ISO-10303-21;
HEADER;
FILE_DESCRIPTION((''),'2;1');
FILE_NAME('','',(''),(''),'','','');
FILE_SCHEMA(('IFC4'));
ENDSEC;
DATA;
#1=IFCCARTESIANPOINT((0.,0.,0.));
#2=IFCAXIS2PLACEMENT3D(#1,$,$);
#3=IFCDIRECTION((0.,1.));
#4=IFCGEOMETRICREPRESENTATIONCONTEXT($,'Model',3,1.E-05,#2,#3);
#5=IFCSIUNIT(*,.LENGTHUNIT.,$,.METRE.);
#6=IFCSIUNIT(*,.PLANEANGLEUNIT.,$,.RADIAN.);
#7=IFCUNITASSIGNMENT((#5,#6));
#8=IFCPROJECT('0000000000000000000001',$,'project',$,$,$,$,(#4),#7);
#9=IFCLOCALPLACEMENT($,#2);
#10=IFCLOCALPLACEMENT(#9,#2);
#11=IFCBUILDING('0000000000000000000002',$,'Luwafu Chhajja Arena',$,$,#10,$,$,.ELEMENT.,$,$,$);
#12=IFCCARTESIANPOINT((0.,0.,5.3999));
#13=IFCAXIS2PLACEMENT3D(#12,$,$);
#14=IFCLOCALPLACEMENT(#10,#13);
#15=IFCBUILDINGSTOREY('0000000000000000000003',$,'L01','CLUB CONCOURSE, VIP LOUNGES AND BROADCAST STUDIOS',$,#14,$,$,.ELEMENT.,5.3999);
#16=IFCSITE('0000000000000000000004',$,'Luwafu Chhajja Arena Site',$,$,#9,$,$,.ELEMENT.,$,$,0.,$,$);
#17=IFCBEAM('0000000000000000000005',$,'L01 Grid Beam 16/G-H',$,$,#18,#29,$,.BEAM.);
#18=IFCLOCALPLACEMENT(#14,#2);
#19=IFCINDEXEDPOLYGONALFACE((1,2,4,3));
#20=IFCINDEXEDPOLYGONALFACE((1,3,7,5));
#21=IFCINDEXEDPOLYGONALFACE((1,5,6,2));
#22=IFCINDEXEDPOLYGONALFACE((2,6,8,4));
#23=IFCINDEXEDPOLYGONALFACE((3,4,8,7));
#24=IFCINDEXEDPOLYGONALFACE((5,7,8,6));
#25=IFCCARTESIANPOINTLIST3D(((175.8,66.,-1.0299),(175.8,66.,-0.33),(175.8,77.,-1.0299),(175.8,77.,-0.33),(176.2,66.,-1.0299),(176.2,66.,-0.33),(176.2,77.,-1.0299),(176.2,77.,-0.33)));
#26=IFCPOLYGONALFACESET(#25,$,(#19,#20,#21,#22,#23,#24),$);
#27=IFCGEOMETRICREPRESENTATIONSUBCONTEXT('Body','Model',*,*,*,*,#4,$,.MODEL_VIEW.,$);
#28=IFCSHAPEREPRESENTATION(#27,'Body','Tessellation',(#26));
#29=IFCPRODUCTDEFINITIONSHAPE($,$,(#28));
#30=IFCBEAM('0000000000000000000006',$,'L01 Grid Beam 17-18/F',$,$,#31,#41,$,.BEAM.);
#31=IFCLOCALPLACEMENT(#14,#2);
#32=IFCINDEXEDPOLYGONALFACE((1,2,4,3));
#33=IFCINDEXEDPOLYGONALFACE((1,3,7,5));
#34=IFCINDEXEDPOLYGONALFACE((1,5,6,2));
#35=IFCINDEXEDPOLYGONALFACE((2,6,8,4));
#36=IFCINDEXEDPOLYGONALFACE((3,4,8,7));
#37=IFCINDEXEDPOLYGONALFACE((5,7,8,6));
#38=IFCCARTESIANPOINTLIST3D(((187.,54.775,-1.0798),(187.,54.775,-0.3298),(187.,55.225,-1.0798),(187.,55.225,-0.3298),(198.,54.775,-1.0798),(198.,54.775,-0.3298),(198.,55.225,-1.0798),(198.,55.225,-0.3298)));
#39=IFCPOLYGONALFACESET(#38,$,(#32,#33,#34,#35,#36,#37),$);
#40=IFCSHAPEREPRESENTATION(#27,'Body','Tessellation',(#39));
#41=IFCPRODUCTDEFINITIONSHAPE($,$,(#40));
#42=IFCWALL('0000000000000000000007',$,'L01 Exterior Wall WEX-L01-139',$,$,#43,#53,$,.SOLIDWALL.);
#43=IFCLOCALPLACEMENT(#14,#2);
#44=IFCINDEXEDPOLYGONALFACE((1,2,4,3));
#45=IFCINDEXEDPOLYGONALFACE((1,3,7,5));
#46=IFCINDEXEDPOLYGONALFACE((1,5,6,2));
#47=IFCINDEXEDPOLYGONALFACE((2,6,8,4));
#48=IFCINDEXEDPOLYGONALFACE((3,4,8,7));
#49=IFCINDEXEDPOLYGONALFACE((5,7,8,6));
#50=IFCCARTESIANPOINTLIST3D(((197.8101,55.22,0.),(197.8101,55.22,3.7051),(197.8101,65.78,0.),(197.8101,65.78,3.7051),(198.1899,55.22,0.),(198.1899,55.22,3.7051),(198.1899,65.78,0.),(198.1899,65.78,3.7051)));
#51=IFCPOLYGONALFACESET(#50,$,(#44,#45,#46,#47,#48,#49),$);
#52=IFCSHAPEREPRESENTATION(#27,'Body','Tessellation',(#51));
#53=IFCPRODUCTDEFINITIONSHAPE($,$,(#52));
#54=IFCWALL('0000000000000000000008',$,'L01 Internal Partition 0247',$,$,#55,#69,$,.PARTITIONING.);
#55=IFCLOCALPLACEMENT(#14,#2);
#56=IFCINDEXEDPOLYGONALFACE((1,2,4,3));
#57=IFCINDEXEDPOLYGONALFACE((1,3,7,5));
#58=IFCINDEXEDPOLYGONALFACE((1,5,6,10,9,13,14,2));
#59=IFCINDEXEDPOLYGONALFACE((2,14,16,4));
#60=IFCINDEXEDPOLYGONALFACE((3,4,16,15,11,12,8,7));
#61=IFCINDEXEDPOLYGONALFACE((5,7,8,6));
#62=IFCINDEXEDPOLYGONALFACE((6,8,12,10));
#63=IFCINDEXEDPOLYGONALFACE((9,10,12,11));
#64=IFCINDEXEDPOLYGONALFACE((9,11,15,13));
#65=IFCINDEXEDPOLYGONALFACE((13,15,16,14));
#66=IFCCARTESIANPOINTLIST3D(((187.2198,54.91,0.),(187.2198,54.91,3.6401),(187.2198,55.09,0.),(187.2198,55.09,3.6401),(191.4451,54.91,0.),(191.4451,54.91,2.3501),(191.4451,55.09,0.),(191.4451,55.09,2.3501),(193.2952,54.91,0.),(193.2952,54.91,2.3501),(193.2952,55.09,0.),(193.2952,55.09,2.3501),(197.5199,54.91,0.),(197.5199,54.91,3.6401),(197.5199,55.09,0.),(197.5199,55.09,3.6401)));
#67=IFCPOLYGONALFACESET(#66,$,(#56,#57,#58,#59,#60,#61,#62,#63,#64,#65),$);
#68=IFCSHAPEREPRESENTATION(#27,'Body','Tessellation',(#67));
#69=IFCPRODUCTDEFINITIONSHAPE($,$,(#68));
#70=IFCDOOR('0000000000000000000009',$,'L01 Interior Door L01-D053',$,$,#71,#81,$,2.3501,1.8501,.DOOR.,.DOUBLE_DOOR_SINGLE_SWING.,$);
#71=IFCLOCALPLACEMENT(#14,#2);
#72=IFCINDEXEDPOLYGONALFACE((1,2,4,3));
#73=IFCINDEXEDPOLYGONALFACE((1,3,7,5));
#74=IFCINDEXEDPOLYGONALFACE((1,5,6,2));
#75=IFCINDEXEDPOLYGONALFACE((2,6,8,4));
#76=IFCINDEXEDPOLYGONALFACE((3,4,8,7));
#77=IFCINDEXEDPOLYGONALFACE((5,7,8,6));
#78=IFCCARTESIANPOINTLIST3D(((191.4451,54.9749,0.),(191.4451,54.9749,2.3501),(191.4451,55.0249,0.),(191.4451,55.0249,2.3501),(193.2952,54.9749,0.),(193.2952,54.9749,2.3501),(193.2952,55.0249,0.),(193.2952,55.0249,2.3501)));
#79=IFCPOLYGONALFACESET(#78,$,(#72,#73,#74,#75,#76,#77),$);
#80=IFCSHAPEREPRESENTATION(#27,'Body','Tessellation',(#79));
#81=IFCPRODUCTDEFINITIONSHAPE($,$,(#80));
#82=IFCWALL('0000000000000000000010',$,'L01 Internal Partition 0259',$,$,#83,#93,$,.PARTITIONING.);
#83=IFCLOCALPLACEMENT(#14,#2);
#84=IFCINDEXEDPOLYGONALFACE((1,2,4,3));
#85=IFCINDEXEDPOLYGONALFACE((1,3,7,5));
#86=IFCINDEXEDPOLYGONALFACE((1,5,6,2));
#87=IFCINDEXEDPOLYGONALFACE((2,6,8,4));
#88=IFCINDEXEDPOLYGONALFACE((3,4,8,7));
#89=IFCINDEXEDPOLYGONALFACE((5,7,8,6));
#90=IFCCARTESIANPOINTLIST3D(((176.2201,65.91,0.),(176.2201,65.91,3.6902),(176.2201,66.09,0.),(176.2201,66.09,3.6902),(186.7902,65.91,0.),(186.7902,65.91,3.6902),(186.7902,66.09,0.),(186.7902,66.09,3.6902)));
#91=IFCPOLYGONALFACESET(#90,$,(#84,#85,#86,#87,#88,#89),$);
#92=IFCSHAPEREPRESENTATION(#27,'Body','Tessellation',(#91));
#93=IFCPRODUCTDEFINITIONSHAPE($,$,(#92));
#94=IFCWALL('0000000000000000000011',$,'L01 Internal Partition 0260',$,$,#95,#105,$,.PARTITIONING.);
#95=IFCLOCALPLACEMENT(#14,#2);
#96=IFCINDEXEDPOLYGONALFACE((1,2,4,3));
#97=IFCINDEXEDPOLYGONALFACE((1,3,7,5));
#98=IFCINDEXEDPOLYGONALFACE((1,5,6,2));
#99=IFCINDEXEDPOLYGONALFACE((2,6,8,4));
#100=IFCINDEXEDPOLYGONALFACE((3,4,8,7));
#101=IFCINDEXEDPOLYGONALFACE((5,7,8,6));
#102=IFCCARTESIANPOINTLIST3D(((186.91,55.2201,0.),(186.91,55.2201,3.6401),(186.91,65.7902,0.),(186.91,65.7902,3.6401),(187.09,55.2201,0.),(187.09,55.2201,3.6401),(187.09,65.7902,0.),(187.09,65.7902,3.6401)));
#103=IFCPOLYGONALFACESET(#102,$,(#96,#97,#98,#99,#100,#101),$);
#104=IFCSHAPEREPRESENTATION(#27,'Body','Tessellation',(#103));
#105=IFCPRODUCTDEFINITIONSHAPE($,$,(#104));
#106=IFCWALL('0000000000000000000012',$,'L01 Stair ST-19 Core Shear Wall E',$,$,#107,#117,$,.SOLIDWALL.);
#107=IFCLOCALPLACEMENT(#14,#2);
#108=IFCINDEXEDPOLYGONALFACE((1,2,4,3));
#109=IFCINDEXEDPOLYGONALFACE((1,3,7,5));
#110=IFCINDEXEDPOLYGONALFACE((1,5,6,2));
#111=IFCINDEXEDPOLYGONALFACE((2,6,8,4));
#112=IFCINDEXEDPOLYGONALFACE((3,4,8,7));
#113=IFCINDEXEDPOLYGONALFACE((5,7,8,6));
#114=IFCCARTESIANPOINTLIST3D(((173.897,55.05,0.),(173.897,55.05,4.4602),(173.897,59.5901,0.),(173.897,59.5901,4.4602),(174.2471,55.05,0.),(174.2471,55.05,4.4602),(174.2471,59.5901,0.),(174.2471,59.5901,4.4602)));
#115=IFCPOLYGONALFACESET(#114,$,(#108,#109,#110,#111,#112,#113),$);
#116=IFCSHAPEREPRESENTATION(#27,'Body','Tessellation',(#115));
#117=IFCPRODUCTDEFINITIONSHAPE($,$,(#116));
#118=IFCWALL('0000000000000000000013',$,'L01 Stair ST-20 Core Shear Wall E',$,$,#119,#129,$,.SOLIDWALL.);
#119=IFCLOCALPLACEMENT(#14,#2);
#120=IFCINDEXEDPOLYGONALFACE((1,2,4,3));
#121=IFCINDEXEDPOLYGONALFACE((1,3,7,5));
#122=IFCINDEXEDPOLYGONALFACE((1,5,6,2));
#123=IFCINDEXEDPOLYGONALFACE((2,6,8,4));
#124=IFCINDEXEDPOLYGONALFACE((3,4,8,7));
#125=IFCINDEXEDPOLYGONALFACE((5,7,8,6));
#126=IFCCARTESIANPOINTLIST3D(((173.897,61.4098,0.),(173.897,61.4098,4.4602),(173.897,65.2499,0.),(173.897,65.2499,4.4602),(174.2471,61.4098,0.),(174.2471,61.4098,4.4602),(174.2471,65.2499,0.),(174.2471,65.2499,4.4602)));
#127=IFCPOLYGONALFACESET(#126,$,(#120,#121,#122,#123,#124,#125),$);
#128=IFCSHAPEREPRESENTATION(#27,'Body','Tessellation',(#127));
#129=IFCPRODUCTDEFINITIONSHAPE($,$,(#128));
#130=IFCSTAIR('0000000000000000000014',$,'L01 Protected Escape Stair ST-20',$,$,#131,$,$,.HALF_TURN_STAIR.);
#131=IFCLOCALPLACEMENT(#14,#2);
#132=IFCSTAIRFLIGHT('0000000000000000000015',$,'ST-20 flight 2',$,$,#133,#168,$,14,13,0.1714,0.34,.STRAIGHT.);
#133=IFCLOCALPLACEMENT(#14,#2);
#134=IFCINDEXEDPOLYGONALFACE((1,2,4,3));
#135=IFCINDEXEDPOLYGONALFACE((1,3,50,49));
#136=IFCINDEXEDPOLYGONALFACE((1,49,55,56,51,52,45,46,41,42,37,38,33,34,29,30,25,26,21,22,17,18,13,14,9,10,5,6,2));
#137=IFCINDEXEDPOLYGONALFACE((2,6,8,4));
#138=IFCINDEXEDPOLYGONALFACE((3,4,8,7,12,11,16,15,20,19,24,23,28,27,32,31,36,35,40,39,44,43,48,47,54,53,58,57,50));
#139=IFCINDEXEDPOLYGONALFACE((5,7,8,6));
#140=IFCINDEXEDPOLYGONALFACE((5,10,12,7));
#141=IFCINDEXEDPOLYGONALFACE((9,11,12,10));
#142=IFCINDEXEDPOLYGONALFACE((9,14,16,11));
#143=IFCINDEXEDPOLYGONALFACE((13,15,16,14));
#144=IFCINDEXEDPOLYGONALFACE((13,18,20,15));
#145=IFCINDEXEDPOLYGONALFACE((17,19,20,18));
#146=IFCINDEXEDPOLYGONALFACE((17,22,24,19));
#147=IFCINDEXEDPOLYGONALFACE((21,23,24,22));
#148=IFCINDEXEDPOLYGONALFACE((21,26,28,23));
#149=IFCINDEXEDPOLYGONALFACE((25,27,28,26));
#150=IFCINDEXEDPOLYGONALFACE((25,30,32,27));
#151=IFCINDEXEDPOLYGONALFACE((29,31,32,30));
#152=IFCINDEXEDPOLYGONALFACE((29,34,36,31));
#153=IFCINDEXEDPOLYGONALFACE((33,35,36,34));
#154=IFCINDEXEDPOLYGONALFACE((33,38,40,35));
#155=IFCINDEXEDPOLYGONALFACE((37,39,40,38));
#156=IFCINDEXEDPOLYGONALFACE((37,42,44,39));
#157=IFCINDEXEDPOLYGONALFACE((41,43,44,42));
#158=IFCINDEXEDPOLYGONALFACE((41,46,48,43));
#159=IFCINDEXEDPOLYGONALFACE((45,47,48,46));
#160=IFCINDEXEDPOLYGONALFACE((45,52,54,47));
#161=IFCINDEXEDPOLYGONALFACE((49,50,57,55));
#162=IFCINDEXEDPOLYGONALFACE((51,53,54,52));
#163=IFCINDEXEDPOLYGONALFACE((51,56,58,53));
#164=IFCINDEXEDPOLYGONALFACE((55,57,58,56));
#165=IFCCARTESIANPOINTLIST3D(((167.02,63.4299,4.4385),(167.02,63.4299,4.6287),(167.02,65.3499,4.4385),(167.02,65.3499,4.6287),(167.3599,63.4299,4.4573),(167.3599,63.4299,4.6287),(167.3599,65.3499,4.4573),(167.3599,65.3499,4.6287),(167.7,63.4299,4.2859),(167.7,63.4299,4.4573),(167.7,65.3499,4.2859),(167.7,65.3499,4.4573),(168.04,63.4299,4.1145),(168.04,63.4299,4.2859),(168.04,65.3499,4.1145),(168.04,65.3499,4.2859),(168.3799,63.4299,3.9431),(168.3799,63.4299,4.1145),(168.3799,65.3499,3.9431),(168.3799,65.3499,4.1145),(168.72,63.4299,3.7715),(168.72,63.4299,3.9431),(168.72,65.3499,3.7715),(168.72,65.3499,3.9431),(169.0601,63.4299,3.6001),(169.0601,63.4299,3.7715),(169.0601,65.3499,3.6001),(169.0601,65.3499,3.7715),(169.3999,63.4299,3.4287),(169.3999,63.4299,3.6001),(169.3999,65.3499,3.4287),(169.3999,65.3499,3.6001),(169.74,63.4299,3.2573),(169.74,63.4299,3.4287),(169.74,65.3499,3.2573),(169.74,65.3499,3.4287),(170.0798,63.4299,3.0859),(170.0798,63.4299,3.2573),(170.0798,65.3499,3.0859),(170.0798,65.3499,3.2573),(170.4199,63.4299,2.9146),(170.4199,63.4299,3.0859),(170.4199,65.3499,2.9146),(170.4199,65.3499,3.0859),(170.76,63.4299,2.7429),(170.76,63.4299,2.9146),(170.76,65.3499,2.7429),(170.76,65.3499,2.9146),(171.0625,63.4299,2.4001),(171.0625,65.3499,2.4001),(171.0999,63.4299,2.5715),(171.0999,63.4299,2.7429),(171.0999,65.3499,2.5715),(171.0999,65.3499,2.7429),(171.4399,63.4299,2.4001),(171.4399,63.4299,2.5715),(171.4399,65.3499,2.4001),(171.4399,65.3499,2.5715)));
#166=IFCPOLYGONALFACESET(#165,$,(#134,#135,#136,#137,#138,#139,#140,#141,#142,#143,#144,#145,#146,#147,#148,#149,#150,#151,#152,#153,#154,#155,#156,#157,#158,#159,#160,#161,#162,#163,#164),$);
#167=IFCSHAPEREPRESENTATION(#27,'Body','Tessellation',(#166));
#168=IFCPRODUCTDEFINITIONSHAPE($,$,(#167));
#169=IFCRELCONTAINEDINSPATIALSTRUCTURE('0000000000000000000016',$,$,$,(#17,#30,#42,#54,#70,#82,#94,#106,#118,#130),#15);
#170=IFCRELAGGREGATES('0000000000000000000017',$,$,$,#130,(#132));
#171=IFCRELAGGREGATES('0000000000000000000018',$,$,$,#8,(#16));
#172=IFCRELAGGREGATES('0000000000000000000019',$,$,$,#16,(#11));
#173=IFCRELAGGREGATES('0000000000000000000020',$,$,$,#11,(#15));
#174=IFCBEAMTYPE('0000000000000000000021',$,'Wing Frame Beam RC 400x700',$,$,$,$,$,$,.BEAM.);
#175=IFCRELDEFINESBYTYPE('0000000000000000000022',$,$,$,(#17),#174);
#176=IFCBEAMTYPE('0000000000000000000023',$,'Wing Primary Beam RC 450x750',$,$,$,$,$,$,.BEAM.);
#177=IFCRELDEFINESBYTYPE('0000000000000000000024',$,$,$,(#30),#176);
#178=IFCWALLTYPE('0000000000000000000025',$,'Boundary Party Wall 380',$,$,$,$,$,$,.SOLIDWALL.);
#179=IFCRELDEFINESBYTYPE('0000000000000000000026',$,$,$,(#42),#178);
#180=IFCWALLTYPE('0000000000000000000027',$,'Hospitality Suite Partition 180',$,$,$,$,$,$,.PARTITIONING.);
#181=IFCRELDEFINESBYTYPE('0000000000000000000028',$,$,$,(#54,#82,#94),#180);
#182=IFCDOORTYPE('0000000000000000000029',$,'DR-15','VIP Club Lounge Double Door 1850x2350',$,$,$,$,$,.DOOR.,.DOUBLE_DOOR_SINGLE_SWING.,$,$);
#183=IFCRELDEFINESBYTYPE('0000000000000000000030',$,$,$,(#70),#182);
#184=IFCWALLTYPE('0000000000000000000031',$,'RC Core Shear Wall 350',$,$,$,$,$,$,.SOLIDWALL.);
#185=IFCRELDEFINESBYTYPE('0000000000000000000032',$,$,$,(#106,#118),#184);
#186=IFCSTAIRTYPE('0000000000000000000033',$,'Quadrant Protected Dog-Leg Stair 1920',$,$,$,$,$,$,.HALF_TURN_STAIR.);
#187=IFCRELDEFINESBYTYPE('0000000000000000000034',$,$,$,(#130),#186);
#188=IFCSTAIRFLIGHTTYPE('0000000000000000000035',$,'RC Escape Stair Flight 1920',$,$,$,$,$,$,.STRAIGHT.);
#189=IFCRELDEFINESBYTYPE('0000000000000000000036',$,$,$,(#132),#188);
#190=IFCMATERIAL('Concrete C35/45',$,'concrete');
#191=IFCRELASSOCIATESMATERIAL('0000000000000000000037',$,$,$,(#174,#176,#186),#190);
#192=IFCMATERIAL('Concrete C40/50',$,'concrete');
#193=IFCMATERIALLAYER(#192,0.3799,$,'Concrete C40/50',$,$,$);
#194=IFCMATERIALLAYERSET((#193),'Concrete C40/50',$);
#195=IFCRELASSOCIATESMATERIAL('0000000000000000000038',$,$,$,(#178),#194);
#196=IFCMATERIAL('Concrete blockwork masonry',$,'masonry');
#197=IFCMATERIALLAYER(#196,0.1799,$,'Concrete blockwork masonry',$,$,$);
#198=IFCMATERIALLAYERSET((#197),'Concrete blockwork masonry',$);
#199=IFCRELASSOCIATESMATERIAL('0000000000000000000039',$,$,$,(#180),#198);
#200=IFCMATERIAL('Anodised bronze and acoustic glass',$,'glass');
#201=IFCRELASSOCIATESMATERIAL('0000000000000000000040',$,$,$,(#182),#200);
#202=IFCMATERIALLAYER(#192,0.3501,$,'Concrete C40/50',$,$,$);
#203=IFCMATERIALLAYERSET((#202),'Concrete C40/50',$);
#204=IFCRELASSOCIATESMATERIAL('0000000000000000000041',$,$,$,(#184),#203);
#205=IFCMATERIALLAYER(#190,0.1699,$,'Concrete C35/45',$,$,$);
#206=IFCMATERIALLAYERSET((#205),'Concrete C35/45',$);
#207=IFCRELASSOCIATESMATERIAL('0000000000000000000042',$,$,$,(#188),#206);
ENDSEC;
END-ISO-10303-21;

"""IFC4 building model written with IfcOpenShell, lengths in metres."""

from ifc_helpers import new_model, si_unit, direction, frame, frame_2d, origin, origin_2d, place, context, subcontext, project, spatial, polyline, rectangle, outline, extrude, material, layer, layer_set, material_profile, profile_set, type_object, element, fill, aggregate, save


model = new_model("IFC4")

# Units and contexts
model_context = context("Model", 3, precision=1e-05, world=origin(), true_north=direction((0.0, 1.0)))
body_context = subcontext(model_context, "Body", "Model", "MODEL_VIEW")
ifc_project = project(units=[si_unit("LENGTHUNIT", "METRE"), si_unit("PLANEANGLEUNIT", "RADIAN")], contexts=[model_context])

# Site, building, storey
site_placement = place(None, origin())
site = spatial("IfcSite", under=ifc_project, at=site_placement, Name="Luwafu Chhajja Arena Site", CompositionType="ELEMENT", RefElevation=0.0)
building_placement = place(site_placement, origin())
building = spatial("IfcBuilding", under=site, at=building_placement, Name="Luwafu Chhajja Arena", CompositionType="ELEMENT")
storey_placement = place(building_placement, frame((0.0, 0.0, 5.3999)))
storey = spatial("IfcBuildingStorey", under=building, at=storey_placement, Name="L01", Description="CLUB CONCOURSE, VIP LOUNGES AND BROADCAST STUDIOS", CompositionType="ELEMENT", Elevation=5.3999)

# Shared definitions
ifc_material_1 = material(Name="Concrete C35/45", Category="concrete")
ifc_material_2 = material(Name="Concrete C40/50", Category="concrete")

# Beams
ifc_material_profile_1 = material_profile(ifc_material_1, rectangle(XDim=0.3999, YDim=0.7, at=origin_2d()), Name="RC 400x700")
ifc_profile_set_1 = profile_set([ifc_material_profile_1], Name="Concrete C35/45")
beam_type_1 = type_object("IfcBeamType", Name="Wing Frame Beam RC 400x700", PredefinedType="BEAM", material=ifc_profile_set_1)
for number, where, z_axis, x_axis, name in (
    (1, (176.0, 66.0, -0.6799), (0.0, 1.0, 0.0), (-1.0, 0.0, 0.0), "L01 Grid Beam 16/G-H"),
):
    element("IfcBeam", number, at=place(storey_placement, frame(where, z_axis=z_axis, x_axis=x_axis)), inside=storey, type_object=beam_type_1, Name=name, PredefinedType="BEAM", context=body_context, shape_type="SweptSolid", body=[
        extrude(rectangle(XDim=0.3999, YDim=0.7, at=origin_2d()), origin(), (0.0, 0.0, 1.0), 11.0),
    ])
ifc_material_profile_2 = material_profile(ifc_material_1, rectangle(XDim=0.45, YDim=0.75, at=origin_2d()), Name="RC 450x750")
ifc_profile_set_2 = profile_set([ifc_material_profile_2], Name="Concrete C35/45")
beam_type_2 = type_object("IfcBeamType", Name="Wing Primary Beam RC 450x750", PredefinedType="BEAM", material=ifc_profile_set_2)
beam_1_placement = place(storey_placement, frame((187.0, 55.0, -0.7048), z_axis=(1.0, 0.0, 0.0), x_axis=(0.0, 1.0, 0.0)))
element("IfcBeam", 2, at=beam_1_placement, inside=storey, type_object=beam_type_2, Name="L01 Grid Beam 17-18/F", PredefinedType="BEAM", context=body_context, shape_type="SweptSolid", body=[
    extrude(rectangle(XDim=0.45, YDim=0.75, at=origin_2d()), origin(), (0.0, 0.0, 1.0), 11.0),
])

# Wall
ifc_layer_1 = layer(ifc_material_2, 0.3799, Name="Concrete C40/50")
ifc_layer_set_1 = layer_set([ifc_layer_1], Name="Concrete C40/50")
wall_type_1 = type_object("IfcWallType", Name="Boundary Party Wall 380", PredefinedType="SOLIDWALL", material=ifc_layer_set_1)
wall_1_placement = place(storey_placement, frame((198.0, 55.22, 0.0), z_axis=(0.0, 0.0, 1.0), x_axis=(0.0, 1.0, 0.0)))
element("IfcWall", 3, at=wall_1_placement, inside=storey, type_object=wall_type_1, Name="L01 Exterior Wall WEX-L01-139", PredefinedType="SOLIDWALL", context=body_context, shape_type="SweptSolid", body=[
    extrude(rectangle(XDim=10.5601, YDim=0.3799, at=frame_2d((5.28, 0.0))), origin(), (0.0, 0.0, 1.0), 3.7051),
])

# Wall, opening, door
ifc_material_3 = material(Name="Concrete blockwork masonry", Category="masonry")
ifc_layer_2 = layer(ifc_material_3, 0.1799, Name="Concrete blockwork masonry")
ifc_layer_set_2 = layer_set([ifc_layer_2], Name="Concrete blockwork masonry")
wall_type_2 = type_object("IfcWallType", Name="Hospitality Suite Partition 180", PredefinedType="PARTITIONING", material=ifc_layer_set_2)
wall_2_placement = place(storey_placement, frame((187.22, 55.0, 0.0), z_axis=(0.0, 0.0, 1.0), x_axis=(1.0, 0.0, 0.0)))
wall_2 = element("IfcWall", 4, at=wall_2_placement, inside=storey, type_object=wall_type_2, Name="L01 Internal Partition 0247", PredefinedType="PARTITIONING", context=body_context, shape_type="SweptSolid", body=[
    extrude(rectangle(XDim=10.3, YDim=0.1799, at=frame_2d((5.1499, 0.0))), origin(), (0.0, 0.0, 1.0), 3.6401),
])
opening_placement = place(wall_2_placement, frame((4.2251, 0.0, 0.0)))
opening = element("IfcOpeningElement", 5, at=opening_placement, cuts=wall_2, PredefinedType="OPENING", context=body_context, shape_type="SweptSolid", body=[
    extrude(rectangle(XDim=1.8501, YDim=2.3501, at=frame_2d((0.925, 1.175))), frame((0.0, 0.0999, 0.0), z_axis=(0.0, -1.0, 0.0), x_axis=(1.0, 0.0, 0.0)), (0.0, 0.0, 1.0), 0.2),
])
ifc_material_4 = material(Name="Anodised bronze and acoustic glass", Category="glass")
door_type = type_object("IfcDoorType", Name="DR-15", Description="VIP Club Lounge Double Door 1850x2350", OperationType="DOUBLE_DOOR_SINGLE_SWING", PredefinedType="DOOR", material=ifc_material_4)
door_placement = place(opening_placement, origin())
door = element("IfcDoor", 6, at=door_placement, inside=storey, type_object=door_type, Name="L01 Interior Door L01-D053", OperationType="DOUBLE_DOOR_SINGLE_SWING", OverallHeight=2.3501, OverallWidth=1.8501, PredefinedType="DOOR", context=body_context, shape_type="SweptSolid", body=[
    extrude(rectangle(XDim=1.8501, YDim=2.3501, at=frame_2d((0.925, 1.175))), frame((0.0, 0.0249, 0.0), z_axis=(0.0, -1.0, 0.0), x_axis=(1.0, 0.0, 0.0)), (0.0, 0.0, 1.0), 0.05),
])
fill(opening, door)

# Walls
wall_3_placement = place(storey_placement, frame((176.22, 66.0, 0.0), z_axis=(0.0, 0.0, 1.0), x_axis=(1.0, 0.0, 0.0)))
element("IfcWall", 7, at=wall_3_placement, inside=storey, type_object=wall_type_2, Name="L01 Internal Partition 0259", PredefinedType="PARTITIONING", context=body_context, shape_type="SweptSolid", body=[
    extrude(rectangle(XDim=10.5701, YDim=0.1799, at=frame_2d((5.2852, 0.0))), origin(), (0.0, 0.0, 1.0), 3.6902),
])
wall_4_placement = place(storey_placement, frame((187.0, 55.22, 0.0), z_axis=(0.0, 0.0, 1.0), x_axis=(0.0, 1.0, 0.0)))
element("IfcWall", 8, at=wall_4_placement, inside=storey, type_object=wall_type_2, Name="L01 Internal Partition 0260", PredefinedType="PARTITIONING", context=body_context, shape_type="SweptSolid", body=[
    extrude(rectangle(XDim=10.5701, YDim=0.1799, at=frame_2d((5.2852, 0.0))), origin(), (0.0, 0.0, 1.0), 3.6401),
])
ifc_layer_3 = layer(ifc_material_2, 0.3501, Name="Concrete C40/50")
ifc_layer_set_3 = layer_set([ifc_layer_3], Name="Concrete C40/50")
wall_type_3 = type_object("IfcWallType", Name="RC Core Shear Wall 350", PredefinedType="SOLIDWALL", material=ifc_layer_set_3)
wall_5_placement = place(storey_placement, frame((174.072, 55.05, 0.0), z_axis=(0.0, 0.0, 1.0), x_axis=(0.0, 1.0, 0.0)))
element("IfcWall", 9, at=wall_5_placement, inside=storey, type_object=wall_type_3, Name="L01 Stair ST-19 Core Shear Wall E", PredefinedType="SOLIDWALL", context=body_context, shape_type="SweptSolid", body=[
    extrude(rectangle(XDim=4.54, YDim=0.3501, at=frame_2d((2.27, 0.0))), origin(), (0.0, 0.0, 1.0), 4.4602),
])
wall_6_placement = place(storey_placement, frame((174.072, 61.4099, 0.0), z_axis=(0.0, 0.0, 1.0), x_axis=(0.0, 1.0, 0.0)))
element("IfcWall", 10, at=wall_6_placement, inside=storey, type_object=wall_type_3, Name="L01 Stair ST-20 Core Shear Wall E", PredefinedType="SOLIDWALL", context=body_context, shape_type="SweptSolid", body=[
    extrude(rectangle(XDim=3.8401, YDim=0.3501, at=frame_2d((1.9199, 0.0))), origin(), (0.0, 0.0, 1.0), 4.4602),
])

# Stair, stair flight
stair_type = type_object("IfcStairType", Name="Quadrant Protected Dog-Leg Stair 1920", PredefinedType="HALF_TURN_STAIR", material=ifc_material_1)
stair_placement = place(storey_placement, origin())
stair = element("IfcStair", 11, at=stair_placement, inside=storey, type_object=stair_type, Name="L01 Protected Escape Stair ST-20", PredefinedType="HALF_TURN_STAIR")
ifc_layer_4 = layer(ifc_material_1, 0.1699, Name="Concrete C35/45")
ifc_layer_set_4 = layer_set([ifc_layer_4], Name="Concrete C35/45")
stair_flight_type = type_object("IfcStairFlightType", Name="RC Escape Stair Flight 1920", PredefinedType="STRAIGHT", material=ifc_layer_set_4)
stair_flight_placement = place(storey_placement, frame((171.4399, 64.3899, 2.4001), z_axis=(0.0, 0.0, 1.0), x_axis=(-1.0, 0.0, 0.0)))
stair_flight = element("IfcStairFlight", 12, at=stair_flight_placement, type_object=stair_flight_type, Name="ST-20 flight 2", NumberOfRisers=14, NumberOfTreads=13, PredefinedType="STRAIGHT", RiserHeight=0.1714, TreadLength=0.34, context=body_context, shape_type="SweptSolid", body=[
    extrude(outline(polyline([(0.0, 0.0), (0.0, 0.1714), (0.3401, 0.1714), (0.3401, 0.3428), (0.6799, 0.3428), (0.6799, 0.5144), (1.02, 0.5144), (1.02, 0.6858), (1.3601, 0.6858), (1.3601, 0.8572), (1.7, 0.8572), (1.7, 1.0286), (2.04, 1.0286), (2.04, 1.2), (2.3799, 1.2), (2.3799, 1.3713), (2.72, 1.3713), (2.72, 1.543), (3.0601, 1.543), (3.0601, 1.7144), (3.3999, 1.7144), (3.3999, 1.8857), (3.74, 1.8857), (3.74, 2.0571), (4.0801, 2.0571), (4.0801, 2.2285), (4.4199, 2.2285), (4.4199, 2.3999), (4.4199, 2.0383), (0.3774, 0.0), (0.0, 0.0)])), frame((0.0, 0.96, 0.0), z_axis=(0.0, -1.0, 0.0), x_axis=(1.0, 0.0, 0.0)), (0.0, 0.0, 1.0), 1.9199),
])
aggregate(stair, [stair_flight])

save(model, "model.ifc")
